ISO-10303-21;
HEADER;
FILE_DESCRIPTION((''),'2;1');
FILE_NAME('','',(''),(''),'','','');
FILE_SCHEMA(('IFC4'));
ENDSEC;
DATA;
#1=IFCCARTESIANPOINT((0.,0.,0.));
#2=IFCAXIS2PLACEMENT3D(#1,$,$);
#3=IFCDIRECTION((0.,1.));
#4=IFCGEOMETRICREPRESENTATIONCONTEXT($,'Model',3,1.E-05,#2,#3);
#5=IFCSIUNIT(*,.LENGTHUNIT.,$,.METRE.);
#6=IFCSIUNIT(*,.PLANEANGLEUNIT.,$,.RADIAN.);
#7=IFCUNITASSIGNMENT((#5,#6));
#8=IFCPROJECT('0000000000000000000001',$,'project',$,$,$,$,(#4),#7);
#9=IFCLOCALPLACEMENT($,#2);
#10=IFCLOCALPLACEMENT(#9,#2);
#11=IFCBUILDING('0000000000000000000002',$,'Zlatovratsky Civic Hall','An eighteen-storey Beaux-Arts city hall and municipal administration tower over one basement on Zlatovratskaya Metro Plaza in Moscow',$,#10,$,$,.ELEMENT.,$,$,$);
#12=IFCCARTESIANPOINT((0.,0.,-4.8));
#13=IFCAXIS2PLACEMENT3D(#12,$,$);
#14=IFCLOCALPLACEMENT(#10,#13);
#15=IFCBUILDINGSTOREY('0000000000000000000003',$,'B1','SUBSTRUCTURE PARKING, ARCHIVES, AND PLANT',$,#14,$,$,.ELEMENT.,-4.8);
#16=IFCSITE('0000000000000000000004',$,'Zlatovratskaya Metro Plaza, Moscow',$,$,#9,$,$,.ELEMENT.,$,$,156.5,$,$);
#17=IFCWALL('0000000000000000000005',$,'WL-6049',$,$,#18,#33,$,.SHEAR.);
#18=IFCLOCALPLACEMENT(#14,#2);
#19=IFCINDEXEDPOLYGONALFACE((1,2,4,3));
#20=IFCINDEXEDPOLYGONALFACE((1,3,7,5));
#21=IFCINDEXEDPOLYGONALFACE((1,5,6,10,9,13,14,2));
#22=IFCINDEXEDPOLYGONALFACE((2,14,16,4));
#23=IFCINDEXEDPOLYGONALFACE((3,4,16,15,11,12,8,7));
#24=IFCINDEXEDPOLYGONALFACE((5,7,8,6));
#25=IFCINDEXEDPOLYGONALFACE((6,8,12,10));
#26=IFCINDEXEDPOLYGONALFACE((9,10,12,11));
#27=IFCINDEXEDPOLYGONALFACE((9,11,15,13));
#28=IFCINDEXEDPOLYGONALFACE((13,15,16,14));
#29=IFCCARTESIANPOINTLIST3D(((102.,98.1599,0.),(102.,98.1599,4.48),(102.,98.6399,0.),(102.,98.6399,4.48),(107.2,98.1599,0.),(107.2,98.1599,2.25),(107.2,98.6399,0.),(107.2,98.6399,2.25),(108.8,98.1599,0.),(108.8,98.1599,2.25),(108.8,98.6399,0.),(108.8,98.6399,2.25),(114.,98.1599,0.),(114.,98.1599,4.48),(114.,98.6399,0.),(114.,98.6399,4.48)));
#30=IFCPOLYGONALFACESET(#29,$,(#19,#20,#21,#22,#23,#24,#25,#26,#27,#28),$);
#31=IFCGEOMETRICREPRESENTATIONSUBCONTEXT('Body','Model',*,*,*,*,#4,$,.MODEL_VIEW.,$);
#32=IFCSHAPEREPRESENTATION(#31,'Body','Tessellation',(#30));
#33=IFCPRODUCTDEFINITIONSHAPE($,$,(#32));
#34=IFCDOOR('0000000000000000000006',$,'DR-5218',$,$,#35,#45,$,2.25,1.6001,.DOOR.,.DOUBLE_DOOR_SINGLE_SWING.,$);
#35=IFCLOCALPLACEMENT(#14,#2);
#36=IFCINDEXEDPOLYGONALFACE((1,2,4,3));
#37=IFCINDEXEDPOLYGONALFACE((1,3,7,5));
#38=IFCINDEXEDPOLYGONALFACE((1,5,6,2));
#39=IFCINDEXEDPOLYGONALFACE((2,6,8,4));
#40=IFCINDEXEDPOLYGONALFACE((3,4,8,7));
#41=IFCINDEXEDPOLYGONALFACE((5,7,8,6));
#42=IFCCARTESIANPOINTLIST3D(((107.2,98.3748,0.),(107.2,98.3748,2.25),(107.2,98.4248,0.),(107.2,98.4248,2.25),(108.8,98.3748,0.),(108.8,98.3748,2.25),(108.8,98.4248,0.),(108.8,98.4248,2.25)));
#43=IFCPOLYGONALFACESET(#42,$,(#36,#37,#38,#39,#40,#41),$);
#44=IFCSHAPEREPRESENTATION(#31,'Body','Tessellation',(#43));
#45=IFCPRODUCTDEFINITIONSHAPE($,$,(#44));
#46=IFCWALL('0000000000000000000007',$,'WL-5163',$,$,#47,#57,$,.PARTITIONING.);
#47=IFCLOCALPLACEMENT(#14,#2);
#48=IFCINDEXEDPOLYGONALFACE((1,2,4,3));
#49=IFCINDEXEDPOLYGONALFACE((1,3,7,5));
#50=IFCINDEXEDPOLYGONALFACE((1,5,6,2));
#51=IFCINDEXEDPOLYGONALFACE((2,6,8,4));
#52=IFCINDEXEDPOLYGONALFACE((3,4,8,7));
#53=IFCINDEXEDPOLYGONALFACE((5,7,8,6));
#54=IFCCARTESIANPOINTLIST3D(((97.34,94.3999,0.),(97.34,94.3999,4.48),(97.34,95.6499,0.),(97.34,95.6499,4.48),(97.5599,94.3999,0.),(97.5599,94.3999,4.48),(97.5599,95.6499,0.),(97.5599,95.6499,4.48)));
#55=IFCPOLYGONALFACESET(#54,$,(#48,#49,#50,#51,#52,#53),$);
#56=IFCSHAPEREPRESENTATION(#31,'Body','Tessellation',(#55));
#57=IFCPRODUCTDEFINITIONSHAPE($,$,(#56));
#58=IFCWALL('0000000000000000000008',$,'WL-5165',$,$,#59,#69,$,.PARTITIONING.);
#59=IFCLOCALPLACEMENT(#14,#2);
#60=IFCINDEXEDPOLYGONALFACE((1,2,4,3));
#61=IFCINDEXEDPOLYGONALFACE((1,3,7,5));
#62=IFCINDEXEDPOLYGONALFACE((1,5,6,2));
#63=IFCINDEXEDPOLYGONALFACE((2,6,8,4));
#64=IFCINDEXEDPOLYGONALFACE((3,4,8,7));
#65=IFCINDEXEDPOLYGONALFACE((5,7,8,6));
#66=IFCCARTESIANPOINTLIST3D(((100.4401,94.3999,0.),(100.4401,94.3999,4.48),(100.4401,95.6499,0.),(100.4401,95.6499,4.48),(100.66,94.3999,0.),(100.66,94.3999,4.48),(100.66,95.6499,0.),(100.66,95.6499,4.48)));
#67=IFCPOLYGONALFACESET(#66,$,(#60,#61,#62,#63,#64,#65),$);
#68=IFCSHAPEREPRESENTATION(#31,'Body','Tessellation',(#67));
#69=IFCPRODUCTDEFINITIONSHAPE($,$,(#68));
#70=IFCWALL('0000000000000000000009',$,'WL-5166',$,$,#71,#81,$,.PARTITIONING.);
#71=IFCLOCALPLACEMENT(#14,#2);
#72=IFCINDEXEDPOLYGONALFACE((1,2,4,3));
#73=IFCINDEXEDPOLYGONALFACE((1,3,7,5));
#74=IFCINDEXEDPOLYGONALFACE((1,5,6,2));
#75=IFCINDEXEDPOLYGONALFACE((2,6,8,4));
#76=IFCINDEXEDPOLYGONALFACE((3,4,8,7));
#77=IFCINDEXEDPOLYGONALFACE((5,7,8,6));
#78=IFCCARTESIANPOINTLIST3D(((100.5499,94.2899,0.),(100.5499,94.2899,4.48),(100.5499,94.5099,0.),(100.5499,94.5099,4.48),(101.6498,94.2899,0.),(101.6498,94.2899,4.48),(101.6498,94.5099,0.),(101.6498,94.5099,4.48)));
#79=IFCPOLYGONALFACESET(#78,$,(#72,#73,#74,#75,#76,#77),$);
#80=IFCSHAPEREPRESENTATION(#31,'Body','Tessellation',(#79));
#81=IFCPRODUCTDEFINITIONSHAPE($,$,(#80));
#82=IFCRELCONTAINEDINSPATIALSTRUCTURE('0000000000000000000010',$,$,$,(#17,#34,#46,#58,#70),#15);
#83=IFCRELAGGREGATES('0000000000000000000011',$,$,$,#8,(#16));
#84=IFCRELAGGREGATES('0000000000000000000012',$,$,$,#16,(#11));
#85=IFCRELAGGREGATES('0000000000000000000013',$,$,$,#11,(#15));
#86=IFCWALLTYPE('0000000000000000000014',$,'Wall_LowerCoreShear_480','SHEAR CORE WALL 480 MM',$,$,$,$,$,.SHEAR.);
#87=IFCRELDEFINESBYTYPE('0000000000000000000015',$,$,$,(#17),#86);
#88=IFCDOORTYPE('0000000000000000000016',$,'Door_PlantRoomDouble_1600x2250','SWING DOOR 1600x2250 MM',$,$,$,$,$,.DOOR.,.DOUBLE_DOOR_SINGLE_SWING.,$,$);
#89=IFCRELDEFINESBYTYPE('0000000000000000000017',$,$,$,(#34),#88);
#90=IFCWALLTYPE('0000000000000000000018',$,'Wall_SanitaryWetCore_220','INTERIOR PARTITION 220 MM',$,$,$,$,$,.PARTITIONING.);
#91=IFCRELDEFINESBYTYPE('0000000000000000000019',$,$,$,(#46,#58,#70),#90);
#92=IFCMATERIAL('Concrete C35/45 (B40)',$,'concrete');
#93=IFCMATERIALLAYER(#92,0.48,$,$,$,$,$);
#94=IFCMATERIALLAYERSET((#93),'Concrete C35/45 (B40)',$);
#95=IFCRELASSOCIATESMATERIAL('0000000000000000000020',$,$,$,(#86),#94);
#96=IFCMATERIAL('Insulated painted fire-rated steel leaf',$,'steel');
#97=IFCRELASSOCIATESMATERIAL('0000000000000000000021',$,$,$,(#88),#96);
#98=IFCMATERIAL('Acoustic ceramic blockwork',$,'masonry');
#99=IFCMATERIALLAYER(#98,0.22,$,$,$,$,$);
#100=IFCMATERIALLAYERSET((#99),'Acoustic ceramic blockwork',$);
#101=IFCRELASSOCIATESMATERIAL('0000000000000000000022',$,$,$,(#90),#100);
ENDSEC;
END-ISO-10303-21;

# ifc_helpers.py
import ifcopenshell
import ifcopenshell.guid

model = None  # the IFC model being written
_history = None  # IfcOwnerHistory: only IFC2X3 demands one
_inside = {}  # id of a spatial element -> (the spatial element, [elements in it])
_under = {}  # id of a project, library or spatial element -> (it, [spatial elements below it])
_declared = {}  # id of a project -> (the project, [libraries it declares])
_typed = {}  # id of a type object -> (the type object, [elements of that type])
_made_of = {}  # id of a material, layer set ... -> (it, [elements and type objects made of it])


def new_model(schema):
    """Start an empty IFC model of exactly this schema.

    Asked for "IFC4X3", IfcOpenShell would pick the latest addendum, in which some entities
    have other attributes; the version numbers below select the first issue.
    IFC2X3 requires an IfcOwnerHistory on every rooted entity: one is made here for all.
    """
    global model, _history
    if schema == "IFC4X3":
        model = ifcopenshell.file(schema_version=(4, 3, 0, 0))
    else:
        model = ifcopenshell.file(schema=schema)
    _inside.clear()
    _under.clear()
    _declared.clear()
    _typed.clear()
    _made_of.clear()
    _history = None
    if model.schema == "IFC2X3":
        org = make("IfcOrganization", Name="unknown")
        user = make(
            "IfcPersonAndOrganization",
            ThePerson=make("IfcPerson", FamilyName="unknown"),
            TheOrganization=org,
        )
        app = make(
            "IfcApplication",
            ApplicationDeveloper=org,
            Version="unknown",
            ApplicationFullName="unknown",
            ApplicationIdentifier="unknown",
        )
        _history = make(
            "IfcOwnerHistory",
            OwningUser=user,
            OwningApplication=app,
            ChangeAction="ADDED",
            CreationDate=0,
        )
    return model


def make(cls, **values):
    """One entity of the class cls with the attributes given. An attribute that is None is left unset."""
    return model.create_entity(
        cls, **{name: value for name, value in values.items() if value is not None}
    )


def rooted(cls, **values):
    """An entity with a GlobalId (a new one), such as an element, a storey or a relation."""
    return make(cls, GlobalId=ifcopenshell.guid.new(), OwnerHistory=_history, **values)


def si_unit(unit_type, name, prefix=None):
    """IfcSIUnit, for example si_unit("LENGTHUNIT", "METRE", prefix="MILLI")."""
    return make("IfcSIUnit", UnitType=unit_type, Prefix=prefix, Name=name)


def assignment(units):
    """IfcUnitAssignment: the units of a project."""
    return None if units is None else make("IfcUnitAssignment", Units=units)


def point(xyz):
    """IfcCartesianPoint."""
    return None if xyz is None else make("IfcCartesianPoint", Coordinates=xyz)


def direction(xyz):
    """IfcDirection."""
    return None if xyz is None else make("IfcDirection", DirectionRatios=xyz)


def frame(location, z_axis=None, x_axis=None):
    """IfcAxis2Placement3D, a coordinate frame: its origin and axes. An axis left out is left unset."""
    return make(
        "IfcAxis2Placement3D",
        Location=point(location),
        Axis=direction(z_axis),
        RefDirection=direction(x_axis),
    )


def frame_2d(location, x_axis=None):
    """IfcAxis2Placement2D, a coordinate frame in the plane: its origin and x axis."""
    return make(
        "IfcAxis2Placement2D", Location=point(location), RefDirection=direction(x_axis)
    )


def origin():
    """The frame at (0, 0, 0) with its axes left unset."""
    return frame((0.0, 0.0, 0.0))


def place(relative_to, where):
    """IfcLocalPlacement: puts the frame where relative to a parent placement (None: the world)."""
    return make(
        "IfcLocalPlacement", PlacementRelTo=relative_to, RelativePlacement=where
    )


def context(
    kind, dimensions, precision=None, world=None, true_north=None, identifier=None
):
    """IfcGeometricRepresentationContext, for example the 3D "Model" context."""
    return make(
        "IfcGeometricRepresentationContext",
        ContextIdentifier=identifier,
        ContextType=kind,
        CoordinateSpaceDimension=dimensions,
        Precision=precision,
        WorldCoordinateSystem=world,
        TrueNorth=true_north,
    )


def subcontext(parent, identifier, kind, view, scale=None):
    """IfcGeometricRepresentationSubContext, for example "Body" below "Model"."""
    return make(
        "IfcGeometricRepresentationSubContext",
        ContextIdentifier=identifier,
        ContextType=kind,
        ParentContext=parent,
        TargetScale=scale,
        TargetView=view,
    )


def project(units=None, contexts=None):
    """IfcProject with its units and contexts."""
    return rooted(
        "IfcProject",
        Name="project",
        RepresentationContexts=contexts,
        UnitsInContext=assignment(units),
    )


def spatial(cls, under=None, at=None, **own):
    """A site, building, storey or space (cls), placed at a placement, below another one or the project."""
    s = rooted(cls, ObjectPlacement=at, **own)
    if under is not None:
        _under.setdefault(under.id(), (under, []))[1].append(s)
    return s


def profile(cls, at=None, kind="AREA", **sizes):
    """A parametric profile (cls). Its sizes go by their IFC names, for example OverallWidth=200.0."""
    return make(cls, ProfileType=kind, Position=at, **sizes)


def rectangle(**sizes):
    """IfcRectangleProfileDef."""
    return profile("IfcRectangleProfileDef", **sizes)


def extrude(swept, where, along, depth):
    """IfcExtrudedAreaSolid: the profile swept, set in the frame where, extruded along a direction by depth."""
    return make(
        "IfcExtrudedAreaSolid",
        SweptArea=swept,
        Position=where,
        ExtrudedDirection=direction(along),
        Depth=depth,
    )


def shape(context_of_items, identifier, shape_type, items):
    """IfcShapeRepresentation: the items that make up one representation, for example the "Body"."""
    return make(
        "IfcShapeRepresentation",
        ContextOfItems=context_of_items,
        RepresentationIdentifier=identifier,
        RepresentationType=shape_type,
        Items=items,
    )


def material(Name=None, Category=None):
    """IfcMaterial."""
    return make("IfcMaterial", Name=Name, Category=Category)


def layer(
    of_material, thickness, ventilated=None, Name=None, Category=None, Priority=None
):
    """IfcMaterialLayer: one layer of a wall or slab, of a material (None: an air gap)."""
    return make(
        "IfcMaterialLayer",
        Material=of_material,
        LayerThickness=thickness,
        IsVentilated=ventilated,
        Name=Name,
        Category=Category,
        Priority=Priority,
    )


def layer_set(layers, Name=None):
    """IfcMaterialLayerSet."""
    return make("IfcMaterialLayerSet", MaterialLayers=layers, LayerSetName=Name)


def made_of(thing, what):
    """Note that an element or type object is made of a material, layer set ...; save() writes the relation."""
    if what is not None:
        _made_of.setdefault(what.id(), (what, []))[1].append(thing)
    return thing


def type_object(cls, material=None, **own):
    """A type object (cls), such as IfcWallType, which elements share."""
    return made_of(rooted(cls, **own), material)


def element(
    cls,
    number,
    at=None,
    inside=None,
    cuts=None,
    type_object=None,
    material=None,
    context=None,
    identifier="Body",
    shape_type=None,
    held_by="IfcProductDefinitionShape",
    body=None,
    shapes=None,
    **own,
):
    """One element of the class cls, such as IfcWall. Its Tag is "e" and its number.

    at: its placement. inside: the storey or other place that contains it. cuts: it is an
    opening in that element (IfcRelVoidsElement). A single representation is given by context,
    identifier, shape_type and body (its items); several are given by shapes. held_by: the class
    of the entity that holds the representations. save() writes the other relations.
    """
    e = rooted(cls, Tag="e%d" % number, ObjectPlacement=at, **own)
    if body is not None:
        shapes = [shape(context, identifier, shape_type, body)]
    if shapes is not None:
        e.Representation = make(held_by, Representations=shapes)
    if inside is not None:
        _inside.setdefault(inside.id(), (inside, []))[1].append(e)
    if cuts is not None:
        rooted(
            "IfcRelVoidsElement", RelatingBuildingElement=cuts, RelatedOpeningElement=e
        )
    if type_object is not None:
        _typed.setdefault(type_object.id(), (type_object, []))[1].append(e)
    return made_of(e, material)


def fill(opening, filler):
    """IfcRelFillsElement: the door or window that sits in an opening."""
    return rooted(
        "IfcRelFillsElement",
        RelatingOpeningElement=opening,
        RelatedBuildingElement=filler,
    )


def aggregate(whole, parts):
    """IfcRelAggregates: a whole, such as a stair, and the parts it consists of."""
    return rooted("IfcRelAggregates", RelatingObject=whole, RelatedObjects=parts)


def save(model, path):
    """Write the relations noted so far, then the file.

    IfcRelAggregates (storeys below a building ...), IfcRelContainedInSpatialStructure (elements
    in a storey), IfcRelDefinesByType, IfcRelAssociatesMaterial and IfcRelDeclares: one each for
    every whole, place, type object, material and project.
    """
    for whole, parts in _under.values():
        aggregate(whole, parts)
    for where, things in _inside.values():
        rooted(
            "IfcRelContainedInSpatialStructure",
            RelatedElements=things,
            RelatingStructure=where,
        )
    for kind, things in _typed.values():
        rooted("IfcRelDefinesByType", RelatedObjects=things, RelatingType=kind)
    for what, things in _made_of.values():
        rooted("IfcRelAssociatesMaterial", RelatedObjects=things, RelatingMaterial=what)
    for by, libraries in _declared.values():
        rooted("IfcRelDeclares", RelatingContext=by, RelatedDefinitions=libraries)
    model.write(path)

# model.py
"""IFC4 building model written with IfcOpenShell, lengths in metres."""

from ifc_helpers import new_model, si_unit, direction, frame, frame_2d, origin, place, context, subcontext, project, spatial, rectangle, extrude, material, layer, layer_set, type_object, element, fill, save


model = new_model("IFC4")

# Units and contexts
model_context = context("Model", 3, precision=1e-05, world=origin(), true_north=direction((0.0, 1.0)))
body_context = subcontext(model_context, "Body", "Model", "MODEL_VIEW")
ifc_project = project(units=[si_unit("LENGTHUNIT", "METRE"), si_unit("PLANEANGLEUNIT", "RADIAN")], contexts=[model_context])

# Site, building, storey
site_placement = place(None, origin())
site = spatial("IfcSite", under=ifc_project, at=site_placement, Name="Zlatovratskaya Metro Plaza, Moscow", CompositionType="ELEMENT", RefElevation=156.5)
building_placement = place(site_placement, origin())
building = spatial("IfcBuilding", under=site, at=building_placement, Name="Zlatovratsky Civic Hall", Description="An eighteen-storey Beaux-Arts city hall and municipal administration tower over one basement on Zlatovratskaya Metro Plaza in Moscow", CompositionType="ELEMENT")
storey_placement = place(building_placement, frame((0.0, 0.0, -4.8)))
storey = spatial("IfcBuildingStorey", under=building, at=storey_placement, Name="B1", Description="SUBSTRUCTURE PARKING, ARCHIVES, AND PLANT", CompositionType="ELEMENT", Elevation=-4.8)

# Shared definitions
ifc_material_1 = material(Name="Concrete C35/45 (B40)", Category="concrete")

# Wall, opening, door
ifc_layer_1 = layer(ifc_material_1, 0.48)
ifc_layer_set_1 = layer_set([ifc_layer_1], Name="Concrete C35/45 (B40)")
wall_type_1 = type_object("IfcWallType", Name="Wall_LowerCoreShear_480", Description="SHEAR CORE WALL 480 MM", PredefinedType="SHEAR", material=ifc_layer_set_1)
wall_1_placement = place(storey_placement, frame((102.0, 98.3999, 0.0), z_axis=(0.0, 0.0, 1.0), x_axis=(1.0, 0.0, 0.0)))
wall_1 = element("IfcWall", 1, at=wall_1_placement, inside=storey, type_object=wall_type_1, Name="WL-6049", PredefinedType="SHEAR", context=body_context, shape_type="SweptSolid", body=[
    extrude(rectangle(XDim=12.0, YDim=0.48, at=frame_2d((6.0, 0.0))), origin(), (0.0, 0.0, 1.0), 4.48),
])
opening_placement = place(wall_1_placement, frame((5.2, 0.0, 0.0)))
opening = element("IfcOpeningElement", 2, at=opening_placement, cuts=wall_1, PredefinedType="OPENING", context=body_context, shape_type="SweptSolid", body=[
    extrude(rectangle(XDim=1.6001, YDim=2.25, at=frame_2d((0.8, 1.125))), frame((0.0, 0.2549, 0.0), z_axis=(0.0, -1.0, 0.0), x_axis=(1.0, 0.0, 0.0)), (0.0, 0.0, 1.0), 0.5098),
])
ifc_material_2 = material(Name="Insulated painted fire-rated steel leaf", Category="steel")
door_type = type_object("IfcDoorType", Name="Door_PlantRoomDouble_1600x2250", Description="SWING DOOR 1600x2250 MM", OperationType="DOUBLE_DOOR_SINGLE_SWING", PredefinedType="DOOR", material=ifc_material_2)
door_placement = place(opening_placement, origin())
door = element("IfcDoor", 3, at=door_placement, inside=storey, type_object=door_type, Name="DR-5218", OperationType="DOUBLE_DOOR_SINGLE_SWING", OverallHeight=2.25, OverallWidth=1.6001, PredefinedType="DOOR", context=body_context, shape_type="SweptSolid", body=[
    extrude(rectangle(XDim=1.6001, YDim=2.25, at=frame_2d((0.8, 1.125))), frame((0.0, 0.0249, 0.0), z_axis=(0.0, -1.0, 0.0), x_axis=(1.0, 0.0, 0.0)), (0.0, 0.0, 1.0), 0.05),
])
fill(opening, door)

# Walls
ifc_material_3 = material(Name="Acoustic ceramic blockwork", Category="masonry")
ifc_layer_2 = layer(ifc_material_3, 0.22)
ifc_layer_set_2 = layer_set([ifc_layer_2], Name="Acoustic ceramic blockwork")
wall_type_2 = type_object("IfcWallType", Name="Wall_SanitaryWetCore_220", Description="INTERIOR PARTITION 220 MM", PredefinedType="PARTITIONING", material=ifc_layer_set_2)
for number, where, z_axis, x_axis, name in (
    (4, (97.45, 94.3999, 0.0), (0.0, 0.0, 1.0), (0.0, 1.0, 0.0), "WL-5163"),
    (5, (100.55, 94.3999, 0.0), (0.0, 0.0, 1.0), (0.0, 1.0, 0.0), "WL-5165"),
):
    element("IfcWall", number, at=place(storey_placement, frame(where, z_axis=z_axis, x_axis=x_axis)), inside=storey, type_object=wall_type_2, Name=name, PredefinedType="PARTITIONING", context=body_context, shape_type="SweptSolid", body=[
        extrude(rectangle(XDim=1.25, YDim=0.22, at=frame_2d((0.625, 0.0))), origin(), (0.0, 0.0, 1.0), 4.48),
    ])
wall_2_placement = place(storey_placement, frame((100.55, 94.3999, 0.0), z_axis=(0.0, 0.0, 1.0), x_axis=(1.0, 0.0, 0.0)))
element("IfcWall", 6, at=wall_2_placement, inside=storey, type_object=wall_type_2, Name="WL-5166", PredefinedType="PARTITIONING", context=body_context, shape_type="SweptSolid", body=[
    extrude(rectangle(XDim=1.0999, YDim=0.22, at=frame_2d((0.5498, 0.0))), origin(), (0.0, 0.0, 1.0), 4.48),
])

save(model, "model.ifc")
